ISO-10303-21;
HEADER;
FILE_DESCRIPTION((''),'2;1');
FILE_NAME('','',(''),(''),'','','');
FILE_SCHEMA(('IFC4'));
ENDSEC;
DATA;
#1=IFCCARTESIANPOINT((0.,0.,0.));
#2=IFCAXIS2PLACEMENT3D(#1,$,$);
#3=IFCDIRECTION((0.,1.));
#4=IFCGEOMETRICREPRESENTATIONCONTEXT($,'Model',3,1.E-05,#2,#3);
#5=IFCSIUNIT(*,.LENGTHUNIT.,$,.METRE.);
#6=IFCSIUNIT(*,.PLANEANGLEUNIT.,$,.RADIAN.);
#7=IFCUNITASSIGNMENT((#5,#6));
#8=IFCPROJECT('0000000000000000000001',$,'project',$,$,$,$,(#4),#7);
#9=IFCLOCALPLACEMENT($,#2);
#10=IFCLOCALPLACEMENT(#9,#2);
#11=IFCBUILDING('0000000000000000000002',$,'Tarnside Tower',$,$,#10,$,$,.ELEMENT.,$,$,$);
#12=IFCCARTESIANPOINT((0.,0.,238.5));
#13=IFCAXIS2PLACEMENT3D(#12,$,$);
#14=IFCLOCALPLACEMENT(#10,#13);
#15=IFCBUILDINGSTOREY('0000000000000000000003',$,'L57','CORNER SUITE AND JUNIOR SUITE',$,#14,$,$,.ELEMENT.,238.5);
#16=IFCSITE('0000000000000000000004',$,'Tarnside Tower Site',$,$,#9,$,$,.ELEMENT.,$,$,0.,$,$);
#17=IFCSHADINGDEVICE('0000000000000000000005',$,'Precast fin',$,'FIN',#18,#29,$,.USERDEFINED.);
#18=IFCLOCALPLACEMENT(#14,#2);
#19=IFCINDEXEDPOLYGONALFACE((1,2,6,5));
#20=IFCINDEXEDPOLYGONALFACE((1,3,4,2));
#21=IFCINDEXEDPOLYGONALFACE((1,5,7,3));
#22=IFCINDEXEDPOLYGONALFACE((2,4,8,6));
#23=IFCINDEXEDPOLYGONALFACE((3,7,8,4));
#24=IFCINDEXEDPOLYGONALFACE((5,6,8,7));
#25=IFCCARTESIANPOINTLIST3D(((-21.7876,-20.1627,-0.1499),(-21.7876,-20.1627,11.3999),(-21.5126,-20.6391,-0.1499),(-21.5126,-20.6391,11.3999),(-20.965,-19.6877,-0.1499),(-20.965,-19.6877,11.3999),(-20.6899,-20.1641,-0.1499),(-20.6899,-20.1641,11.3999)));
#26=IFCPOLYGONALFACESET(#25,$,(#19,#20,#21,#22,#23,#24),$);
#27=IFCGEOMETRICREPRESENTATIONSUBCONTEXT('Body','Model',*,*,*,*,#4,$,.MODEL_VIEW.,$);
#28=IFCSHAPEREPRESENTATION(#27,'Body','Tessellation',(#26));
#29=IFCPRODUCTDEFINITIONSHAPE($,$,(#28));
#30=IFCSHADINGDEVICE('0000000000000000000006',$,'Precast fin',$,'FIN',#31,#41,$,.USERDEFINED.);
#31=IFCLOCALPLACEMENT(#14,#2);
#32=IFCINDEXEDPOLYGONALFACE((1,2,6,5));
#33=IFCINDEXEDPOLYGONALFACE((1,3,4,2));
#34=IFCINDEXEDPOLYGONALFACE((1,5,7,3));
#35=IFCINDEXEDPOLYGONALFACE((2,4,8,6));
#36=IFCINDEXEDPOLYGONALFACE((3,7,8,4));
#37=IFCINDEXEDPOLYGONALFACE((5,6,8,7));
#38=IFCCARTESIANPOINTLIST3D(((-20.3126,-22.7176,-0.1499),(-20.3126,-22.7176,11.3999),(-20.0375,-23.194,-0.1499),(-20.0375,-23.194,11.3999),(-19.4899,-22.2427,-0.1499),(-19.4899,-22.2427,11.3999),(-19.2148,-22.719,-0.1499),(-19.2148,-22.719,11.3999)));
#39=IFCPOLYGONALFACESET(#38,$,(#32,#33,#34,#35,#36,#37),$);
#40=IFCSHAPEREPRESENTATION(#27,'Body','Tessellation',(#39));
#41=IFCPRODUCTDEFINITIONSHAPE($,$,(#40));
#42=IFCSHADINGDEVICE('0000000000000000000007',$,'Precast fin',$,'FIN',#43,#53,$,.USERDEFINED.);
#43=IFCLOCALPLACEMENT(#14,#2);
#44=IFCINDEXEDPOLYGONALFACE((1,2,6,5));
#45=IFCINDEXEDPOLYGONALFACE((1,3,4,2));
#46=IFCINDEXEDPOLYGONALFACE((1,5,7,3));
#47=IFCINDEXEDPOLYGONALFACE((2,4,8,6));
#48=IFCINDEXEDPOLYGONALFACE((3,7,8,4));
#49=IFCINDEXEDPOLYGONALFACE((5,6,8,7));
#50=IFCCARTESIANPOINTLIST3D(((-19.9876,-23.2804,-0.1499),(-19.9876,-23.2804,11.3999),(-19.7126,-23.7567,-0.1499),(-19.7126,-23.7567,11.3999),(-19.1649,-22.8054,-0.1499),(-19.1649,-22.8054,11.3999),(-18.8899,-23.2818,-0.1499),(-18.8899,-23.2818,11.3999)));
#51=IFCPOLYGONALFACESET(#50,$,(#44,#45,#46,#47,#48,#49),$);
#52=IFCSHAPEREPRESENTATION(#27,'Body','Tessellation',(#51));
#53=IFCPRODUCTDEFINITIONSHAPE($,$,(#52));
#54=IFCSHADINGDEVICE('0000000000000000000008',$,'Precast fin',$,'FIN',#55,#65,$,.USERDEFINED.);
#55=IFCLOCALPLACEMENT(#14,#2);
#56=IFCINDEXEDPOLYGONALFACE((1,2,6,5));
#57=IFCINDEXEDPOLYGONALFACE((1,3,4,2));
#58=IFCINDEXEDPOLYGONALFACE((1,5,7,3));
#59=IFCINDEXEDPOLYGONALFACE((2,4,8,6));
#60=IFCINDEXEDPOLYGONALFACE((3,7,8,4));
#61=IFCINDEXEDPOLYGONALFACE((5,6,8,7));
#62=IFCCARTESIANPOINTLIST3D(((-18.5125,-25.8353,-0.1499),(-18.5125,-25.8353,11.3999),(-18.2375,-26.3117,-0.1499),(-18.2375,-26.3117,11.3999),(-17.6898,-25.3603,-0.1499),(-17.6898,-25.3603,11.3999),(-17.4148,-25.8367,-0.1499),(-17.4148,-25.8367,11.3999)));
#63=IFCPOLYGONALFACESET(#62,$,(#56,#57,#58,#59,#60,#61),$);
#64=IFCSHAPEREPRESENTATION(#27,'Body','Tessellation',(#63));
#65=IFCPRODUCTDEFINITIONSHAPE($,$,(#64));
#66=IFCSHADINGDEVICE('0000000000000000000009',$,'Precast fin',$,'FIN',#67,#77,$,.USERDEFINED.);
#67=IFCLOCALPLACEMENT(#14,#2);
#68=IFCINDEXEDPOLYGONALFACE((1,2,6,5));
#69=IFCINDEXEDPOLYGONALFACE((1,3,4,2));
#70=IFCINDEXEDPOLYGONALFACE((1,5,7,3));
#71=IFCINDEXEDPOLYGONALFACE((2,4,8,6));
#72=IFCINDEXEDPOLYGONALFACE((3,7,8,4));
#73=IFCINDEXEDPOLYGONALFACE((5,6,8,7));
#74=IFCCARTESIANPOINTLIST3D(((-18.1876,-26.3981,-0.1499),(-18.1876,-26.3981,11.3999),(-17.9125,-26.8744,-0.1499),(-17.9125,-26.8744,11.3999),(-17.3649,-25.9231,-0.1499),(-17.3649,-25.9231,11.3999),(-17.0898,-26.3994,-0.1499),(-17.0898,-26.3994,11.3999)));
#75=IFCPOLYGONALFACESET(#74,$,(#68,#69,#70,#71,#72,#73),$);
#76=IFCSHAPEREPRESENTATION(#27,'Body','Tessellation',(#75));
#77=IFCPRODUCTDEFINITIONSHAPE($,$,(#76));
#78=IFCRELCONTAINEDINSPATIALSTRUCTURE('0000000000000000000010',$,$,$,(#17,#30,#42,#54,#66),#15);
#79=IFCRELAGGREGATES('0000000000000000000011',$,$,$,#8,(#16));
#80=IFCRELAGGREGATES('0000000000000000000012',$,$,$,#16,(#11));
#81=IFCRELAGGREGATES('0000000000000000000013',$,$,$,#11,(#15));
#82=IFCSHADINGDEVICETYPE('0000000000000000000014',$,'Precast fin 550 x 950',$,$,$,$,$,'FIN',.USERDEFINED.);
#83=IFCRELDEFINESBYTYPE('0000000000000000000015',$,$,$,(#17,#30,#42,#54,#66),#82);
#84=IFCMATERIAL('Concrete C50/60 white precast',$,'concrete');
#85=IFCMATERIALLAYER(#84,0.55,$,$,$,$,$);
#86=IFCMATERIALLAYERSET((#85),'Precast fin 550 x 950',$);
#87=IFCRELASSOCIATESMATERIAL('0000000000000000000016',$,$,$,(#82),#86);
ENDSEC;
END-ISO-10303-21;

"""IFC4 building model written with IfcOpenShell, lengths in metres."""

from ifc_helpers import new_model, si_unit, direction, frame, origin, place, context, subcontext, project, spatial, polyline, outline, extrude, material, layer, layer_set, type_object, element, save


model = new_model("IFC4")

# Units and contexts
model_context = context("Model", 3, precision=1e-05, world=origin(), true_north=direction((0.0, 1.0)))
body_context = subcontext(model_context, "Body", "Model", "MODEL_VIEW")
ifc_project = project(units=[si_unit("LENGTHUNIT", "METRE"), si_unit("PLANEANGLEUNIT", "RADIAN")], contexts=[model_context])

# Site, building, storey
site_placement = place(None, origin())
site = spatial("IfcSite", under=ifc_project, at=site_placement, Name="Tarnside Tower Site", CompositionType="ELEMENT", RefElevation=0.0)
building_placement = place(site_placement, origin())
building = spatial("IfcBuilding", under=site, at=building_placement, Name="Tarnside Tower", CompositionType="ELEMENT")
storey_placement = place(building_placement, frame((0.0, 0.0, 238.5)))
storey = spatial("IfcBuildingStorey", under=building, at=storey_placement, Name="L57", Description="CORNER SUITE AND JUNIOR SUITE", CompositionType="ELEMENT", Elevation=238.5)

# Shading devices
ifc_material_1 = material(Name="Concrete C50/60 white precast", Category="concrete")
ifc_layer_1 = layer(ifc_material_1, 0.55)
ifc_layer_set_1 = layer_set([ifc_layer_1], Name="Precast fin 550 x 950")
shading_device_type_1 = type_object("IfcShadingDeviceType", Name="Precast fin 550 x 950", ElementType="FIN", PredefinedType="USERDEFINED", material=ifc_layer_set_1)
for number, where, z_axis, x_axis, name in (
    (1, (-20.8274, -19.926, -0.1499), (-0.5, 0.866025, 0.0), (-0.866025, -0.5, 0.0), "Precast fin"),
    (2, (-19.3523, -22.481, -0.1499), (-0.5, 0.866025, 0.0), (-0.866025, -0.5, 0.0), "Precast fin"),
    (3, (-19.0273, -23.0437, -0.1499), (-0.5, 0.866025, 0.0), (-0.866025, -0.5, 0.0), "Precast fin"),
    (4, (-17.5522, -25.5986, -0.1499), (-0.5, 0.866025, 0.0), (-0.866025, -0.5, 0.0), "Precast fin"),
    (5, (-17.2273, -26.1614, -0.1499), (-0.5, 0.866025, 0.0), (-0.866025, -0.5, 0.0), "Precast fin"),
):
    element("IfcShadingDevice", number, at=place(storey_placement, frame(where, z_axis=z_axis, x_axis=x_axis)), inside=storey, type_object=shading_device_type_1, Name=name, ObjectType="FIN", PredefinedType="USERDEFINED", context=body_context, shape_type="SweptSolid", body=[
        extrude(outline(polyline([(0.0, 0.0), (0.95, 0.0), (0.95, 11.5498), (0.0, 11.5498), (0.0, 0.0)])), frame((0.0, 0.0, -0.2749)), (0.0, 0.0, 1.0), 0.55),
    ])

save(model, "model.ifc")
